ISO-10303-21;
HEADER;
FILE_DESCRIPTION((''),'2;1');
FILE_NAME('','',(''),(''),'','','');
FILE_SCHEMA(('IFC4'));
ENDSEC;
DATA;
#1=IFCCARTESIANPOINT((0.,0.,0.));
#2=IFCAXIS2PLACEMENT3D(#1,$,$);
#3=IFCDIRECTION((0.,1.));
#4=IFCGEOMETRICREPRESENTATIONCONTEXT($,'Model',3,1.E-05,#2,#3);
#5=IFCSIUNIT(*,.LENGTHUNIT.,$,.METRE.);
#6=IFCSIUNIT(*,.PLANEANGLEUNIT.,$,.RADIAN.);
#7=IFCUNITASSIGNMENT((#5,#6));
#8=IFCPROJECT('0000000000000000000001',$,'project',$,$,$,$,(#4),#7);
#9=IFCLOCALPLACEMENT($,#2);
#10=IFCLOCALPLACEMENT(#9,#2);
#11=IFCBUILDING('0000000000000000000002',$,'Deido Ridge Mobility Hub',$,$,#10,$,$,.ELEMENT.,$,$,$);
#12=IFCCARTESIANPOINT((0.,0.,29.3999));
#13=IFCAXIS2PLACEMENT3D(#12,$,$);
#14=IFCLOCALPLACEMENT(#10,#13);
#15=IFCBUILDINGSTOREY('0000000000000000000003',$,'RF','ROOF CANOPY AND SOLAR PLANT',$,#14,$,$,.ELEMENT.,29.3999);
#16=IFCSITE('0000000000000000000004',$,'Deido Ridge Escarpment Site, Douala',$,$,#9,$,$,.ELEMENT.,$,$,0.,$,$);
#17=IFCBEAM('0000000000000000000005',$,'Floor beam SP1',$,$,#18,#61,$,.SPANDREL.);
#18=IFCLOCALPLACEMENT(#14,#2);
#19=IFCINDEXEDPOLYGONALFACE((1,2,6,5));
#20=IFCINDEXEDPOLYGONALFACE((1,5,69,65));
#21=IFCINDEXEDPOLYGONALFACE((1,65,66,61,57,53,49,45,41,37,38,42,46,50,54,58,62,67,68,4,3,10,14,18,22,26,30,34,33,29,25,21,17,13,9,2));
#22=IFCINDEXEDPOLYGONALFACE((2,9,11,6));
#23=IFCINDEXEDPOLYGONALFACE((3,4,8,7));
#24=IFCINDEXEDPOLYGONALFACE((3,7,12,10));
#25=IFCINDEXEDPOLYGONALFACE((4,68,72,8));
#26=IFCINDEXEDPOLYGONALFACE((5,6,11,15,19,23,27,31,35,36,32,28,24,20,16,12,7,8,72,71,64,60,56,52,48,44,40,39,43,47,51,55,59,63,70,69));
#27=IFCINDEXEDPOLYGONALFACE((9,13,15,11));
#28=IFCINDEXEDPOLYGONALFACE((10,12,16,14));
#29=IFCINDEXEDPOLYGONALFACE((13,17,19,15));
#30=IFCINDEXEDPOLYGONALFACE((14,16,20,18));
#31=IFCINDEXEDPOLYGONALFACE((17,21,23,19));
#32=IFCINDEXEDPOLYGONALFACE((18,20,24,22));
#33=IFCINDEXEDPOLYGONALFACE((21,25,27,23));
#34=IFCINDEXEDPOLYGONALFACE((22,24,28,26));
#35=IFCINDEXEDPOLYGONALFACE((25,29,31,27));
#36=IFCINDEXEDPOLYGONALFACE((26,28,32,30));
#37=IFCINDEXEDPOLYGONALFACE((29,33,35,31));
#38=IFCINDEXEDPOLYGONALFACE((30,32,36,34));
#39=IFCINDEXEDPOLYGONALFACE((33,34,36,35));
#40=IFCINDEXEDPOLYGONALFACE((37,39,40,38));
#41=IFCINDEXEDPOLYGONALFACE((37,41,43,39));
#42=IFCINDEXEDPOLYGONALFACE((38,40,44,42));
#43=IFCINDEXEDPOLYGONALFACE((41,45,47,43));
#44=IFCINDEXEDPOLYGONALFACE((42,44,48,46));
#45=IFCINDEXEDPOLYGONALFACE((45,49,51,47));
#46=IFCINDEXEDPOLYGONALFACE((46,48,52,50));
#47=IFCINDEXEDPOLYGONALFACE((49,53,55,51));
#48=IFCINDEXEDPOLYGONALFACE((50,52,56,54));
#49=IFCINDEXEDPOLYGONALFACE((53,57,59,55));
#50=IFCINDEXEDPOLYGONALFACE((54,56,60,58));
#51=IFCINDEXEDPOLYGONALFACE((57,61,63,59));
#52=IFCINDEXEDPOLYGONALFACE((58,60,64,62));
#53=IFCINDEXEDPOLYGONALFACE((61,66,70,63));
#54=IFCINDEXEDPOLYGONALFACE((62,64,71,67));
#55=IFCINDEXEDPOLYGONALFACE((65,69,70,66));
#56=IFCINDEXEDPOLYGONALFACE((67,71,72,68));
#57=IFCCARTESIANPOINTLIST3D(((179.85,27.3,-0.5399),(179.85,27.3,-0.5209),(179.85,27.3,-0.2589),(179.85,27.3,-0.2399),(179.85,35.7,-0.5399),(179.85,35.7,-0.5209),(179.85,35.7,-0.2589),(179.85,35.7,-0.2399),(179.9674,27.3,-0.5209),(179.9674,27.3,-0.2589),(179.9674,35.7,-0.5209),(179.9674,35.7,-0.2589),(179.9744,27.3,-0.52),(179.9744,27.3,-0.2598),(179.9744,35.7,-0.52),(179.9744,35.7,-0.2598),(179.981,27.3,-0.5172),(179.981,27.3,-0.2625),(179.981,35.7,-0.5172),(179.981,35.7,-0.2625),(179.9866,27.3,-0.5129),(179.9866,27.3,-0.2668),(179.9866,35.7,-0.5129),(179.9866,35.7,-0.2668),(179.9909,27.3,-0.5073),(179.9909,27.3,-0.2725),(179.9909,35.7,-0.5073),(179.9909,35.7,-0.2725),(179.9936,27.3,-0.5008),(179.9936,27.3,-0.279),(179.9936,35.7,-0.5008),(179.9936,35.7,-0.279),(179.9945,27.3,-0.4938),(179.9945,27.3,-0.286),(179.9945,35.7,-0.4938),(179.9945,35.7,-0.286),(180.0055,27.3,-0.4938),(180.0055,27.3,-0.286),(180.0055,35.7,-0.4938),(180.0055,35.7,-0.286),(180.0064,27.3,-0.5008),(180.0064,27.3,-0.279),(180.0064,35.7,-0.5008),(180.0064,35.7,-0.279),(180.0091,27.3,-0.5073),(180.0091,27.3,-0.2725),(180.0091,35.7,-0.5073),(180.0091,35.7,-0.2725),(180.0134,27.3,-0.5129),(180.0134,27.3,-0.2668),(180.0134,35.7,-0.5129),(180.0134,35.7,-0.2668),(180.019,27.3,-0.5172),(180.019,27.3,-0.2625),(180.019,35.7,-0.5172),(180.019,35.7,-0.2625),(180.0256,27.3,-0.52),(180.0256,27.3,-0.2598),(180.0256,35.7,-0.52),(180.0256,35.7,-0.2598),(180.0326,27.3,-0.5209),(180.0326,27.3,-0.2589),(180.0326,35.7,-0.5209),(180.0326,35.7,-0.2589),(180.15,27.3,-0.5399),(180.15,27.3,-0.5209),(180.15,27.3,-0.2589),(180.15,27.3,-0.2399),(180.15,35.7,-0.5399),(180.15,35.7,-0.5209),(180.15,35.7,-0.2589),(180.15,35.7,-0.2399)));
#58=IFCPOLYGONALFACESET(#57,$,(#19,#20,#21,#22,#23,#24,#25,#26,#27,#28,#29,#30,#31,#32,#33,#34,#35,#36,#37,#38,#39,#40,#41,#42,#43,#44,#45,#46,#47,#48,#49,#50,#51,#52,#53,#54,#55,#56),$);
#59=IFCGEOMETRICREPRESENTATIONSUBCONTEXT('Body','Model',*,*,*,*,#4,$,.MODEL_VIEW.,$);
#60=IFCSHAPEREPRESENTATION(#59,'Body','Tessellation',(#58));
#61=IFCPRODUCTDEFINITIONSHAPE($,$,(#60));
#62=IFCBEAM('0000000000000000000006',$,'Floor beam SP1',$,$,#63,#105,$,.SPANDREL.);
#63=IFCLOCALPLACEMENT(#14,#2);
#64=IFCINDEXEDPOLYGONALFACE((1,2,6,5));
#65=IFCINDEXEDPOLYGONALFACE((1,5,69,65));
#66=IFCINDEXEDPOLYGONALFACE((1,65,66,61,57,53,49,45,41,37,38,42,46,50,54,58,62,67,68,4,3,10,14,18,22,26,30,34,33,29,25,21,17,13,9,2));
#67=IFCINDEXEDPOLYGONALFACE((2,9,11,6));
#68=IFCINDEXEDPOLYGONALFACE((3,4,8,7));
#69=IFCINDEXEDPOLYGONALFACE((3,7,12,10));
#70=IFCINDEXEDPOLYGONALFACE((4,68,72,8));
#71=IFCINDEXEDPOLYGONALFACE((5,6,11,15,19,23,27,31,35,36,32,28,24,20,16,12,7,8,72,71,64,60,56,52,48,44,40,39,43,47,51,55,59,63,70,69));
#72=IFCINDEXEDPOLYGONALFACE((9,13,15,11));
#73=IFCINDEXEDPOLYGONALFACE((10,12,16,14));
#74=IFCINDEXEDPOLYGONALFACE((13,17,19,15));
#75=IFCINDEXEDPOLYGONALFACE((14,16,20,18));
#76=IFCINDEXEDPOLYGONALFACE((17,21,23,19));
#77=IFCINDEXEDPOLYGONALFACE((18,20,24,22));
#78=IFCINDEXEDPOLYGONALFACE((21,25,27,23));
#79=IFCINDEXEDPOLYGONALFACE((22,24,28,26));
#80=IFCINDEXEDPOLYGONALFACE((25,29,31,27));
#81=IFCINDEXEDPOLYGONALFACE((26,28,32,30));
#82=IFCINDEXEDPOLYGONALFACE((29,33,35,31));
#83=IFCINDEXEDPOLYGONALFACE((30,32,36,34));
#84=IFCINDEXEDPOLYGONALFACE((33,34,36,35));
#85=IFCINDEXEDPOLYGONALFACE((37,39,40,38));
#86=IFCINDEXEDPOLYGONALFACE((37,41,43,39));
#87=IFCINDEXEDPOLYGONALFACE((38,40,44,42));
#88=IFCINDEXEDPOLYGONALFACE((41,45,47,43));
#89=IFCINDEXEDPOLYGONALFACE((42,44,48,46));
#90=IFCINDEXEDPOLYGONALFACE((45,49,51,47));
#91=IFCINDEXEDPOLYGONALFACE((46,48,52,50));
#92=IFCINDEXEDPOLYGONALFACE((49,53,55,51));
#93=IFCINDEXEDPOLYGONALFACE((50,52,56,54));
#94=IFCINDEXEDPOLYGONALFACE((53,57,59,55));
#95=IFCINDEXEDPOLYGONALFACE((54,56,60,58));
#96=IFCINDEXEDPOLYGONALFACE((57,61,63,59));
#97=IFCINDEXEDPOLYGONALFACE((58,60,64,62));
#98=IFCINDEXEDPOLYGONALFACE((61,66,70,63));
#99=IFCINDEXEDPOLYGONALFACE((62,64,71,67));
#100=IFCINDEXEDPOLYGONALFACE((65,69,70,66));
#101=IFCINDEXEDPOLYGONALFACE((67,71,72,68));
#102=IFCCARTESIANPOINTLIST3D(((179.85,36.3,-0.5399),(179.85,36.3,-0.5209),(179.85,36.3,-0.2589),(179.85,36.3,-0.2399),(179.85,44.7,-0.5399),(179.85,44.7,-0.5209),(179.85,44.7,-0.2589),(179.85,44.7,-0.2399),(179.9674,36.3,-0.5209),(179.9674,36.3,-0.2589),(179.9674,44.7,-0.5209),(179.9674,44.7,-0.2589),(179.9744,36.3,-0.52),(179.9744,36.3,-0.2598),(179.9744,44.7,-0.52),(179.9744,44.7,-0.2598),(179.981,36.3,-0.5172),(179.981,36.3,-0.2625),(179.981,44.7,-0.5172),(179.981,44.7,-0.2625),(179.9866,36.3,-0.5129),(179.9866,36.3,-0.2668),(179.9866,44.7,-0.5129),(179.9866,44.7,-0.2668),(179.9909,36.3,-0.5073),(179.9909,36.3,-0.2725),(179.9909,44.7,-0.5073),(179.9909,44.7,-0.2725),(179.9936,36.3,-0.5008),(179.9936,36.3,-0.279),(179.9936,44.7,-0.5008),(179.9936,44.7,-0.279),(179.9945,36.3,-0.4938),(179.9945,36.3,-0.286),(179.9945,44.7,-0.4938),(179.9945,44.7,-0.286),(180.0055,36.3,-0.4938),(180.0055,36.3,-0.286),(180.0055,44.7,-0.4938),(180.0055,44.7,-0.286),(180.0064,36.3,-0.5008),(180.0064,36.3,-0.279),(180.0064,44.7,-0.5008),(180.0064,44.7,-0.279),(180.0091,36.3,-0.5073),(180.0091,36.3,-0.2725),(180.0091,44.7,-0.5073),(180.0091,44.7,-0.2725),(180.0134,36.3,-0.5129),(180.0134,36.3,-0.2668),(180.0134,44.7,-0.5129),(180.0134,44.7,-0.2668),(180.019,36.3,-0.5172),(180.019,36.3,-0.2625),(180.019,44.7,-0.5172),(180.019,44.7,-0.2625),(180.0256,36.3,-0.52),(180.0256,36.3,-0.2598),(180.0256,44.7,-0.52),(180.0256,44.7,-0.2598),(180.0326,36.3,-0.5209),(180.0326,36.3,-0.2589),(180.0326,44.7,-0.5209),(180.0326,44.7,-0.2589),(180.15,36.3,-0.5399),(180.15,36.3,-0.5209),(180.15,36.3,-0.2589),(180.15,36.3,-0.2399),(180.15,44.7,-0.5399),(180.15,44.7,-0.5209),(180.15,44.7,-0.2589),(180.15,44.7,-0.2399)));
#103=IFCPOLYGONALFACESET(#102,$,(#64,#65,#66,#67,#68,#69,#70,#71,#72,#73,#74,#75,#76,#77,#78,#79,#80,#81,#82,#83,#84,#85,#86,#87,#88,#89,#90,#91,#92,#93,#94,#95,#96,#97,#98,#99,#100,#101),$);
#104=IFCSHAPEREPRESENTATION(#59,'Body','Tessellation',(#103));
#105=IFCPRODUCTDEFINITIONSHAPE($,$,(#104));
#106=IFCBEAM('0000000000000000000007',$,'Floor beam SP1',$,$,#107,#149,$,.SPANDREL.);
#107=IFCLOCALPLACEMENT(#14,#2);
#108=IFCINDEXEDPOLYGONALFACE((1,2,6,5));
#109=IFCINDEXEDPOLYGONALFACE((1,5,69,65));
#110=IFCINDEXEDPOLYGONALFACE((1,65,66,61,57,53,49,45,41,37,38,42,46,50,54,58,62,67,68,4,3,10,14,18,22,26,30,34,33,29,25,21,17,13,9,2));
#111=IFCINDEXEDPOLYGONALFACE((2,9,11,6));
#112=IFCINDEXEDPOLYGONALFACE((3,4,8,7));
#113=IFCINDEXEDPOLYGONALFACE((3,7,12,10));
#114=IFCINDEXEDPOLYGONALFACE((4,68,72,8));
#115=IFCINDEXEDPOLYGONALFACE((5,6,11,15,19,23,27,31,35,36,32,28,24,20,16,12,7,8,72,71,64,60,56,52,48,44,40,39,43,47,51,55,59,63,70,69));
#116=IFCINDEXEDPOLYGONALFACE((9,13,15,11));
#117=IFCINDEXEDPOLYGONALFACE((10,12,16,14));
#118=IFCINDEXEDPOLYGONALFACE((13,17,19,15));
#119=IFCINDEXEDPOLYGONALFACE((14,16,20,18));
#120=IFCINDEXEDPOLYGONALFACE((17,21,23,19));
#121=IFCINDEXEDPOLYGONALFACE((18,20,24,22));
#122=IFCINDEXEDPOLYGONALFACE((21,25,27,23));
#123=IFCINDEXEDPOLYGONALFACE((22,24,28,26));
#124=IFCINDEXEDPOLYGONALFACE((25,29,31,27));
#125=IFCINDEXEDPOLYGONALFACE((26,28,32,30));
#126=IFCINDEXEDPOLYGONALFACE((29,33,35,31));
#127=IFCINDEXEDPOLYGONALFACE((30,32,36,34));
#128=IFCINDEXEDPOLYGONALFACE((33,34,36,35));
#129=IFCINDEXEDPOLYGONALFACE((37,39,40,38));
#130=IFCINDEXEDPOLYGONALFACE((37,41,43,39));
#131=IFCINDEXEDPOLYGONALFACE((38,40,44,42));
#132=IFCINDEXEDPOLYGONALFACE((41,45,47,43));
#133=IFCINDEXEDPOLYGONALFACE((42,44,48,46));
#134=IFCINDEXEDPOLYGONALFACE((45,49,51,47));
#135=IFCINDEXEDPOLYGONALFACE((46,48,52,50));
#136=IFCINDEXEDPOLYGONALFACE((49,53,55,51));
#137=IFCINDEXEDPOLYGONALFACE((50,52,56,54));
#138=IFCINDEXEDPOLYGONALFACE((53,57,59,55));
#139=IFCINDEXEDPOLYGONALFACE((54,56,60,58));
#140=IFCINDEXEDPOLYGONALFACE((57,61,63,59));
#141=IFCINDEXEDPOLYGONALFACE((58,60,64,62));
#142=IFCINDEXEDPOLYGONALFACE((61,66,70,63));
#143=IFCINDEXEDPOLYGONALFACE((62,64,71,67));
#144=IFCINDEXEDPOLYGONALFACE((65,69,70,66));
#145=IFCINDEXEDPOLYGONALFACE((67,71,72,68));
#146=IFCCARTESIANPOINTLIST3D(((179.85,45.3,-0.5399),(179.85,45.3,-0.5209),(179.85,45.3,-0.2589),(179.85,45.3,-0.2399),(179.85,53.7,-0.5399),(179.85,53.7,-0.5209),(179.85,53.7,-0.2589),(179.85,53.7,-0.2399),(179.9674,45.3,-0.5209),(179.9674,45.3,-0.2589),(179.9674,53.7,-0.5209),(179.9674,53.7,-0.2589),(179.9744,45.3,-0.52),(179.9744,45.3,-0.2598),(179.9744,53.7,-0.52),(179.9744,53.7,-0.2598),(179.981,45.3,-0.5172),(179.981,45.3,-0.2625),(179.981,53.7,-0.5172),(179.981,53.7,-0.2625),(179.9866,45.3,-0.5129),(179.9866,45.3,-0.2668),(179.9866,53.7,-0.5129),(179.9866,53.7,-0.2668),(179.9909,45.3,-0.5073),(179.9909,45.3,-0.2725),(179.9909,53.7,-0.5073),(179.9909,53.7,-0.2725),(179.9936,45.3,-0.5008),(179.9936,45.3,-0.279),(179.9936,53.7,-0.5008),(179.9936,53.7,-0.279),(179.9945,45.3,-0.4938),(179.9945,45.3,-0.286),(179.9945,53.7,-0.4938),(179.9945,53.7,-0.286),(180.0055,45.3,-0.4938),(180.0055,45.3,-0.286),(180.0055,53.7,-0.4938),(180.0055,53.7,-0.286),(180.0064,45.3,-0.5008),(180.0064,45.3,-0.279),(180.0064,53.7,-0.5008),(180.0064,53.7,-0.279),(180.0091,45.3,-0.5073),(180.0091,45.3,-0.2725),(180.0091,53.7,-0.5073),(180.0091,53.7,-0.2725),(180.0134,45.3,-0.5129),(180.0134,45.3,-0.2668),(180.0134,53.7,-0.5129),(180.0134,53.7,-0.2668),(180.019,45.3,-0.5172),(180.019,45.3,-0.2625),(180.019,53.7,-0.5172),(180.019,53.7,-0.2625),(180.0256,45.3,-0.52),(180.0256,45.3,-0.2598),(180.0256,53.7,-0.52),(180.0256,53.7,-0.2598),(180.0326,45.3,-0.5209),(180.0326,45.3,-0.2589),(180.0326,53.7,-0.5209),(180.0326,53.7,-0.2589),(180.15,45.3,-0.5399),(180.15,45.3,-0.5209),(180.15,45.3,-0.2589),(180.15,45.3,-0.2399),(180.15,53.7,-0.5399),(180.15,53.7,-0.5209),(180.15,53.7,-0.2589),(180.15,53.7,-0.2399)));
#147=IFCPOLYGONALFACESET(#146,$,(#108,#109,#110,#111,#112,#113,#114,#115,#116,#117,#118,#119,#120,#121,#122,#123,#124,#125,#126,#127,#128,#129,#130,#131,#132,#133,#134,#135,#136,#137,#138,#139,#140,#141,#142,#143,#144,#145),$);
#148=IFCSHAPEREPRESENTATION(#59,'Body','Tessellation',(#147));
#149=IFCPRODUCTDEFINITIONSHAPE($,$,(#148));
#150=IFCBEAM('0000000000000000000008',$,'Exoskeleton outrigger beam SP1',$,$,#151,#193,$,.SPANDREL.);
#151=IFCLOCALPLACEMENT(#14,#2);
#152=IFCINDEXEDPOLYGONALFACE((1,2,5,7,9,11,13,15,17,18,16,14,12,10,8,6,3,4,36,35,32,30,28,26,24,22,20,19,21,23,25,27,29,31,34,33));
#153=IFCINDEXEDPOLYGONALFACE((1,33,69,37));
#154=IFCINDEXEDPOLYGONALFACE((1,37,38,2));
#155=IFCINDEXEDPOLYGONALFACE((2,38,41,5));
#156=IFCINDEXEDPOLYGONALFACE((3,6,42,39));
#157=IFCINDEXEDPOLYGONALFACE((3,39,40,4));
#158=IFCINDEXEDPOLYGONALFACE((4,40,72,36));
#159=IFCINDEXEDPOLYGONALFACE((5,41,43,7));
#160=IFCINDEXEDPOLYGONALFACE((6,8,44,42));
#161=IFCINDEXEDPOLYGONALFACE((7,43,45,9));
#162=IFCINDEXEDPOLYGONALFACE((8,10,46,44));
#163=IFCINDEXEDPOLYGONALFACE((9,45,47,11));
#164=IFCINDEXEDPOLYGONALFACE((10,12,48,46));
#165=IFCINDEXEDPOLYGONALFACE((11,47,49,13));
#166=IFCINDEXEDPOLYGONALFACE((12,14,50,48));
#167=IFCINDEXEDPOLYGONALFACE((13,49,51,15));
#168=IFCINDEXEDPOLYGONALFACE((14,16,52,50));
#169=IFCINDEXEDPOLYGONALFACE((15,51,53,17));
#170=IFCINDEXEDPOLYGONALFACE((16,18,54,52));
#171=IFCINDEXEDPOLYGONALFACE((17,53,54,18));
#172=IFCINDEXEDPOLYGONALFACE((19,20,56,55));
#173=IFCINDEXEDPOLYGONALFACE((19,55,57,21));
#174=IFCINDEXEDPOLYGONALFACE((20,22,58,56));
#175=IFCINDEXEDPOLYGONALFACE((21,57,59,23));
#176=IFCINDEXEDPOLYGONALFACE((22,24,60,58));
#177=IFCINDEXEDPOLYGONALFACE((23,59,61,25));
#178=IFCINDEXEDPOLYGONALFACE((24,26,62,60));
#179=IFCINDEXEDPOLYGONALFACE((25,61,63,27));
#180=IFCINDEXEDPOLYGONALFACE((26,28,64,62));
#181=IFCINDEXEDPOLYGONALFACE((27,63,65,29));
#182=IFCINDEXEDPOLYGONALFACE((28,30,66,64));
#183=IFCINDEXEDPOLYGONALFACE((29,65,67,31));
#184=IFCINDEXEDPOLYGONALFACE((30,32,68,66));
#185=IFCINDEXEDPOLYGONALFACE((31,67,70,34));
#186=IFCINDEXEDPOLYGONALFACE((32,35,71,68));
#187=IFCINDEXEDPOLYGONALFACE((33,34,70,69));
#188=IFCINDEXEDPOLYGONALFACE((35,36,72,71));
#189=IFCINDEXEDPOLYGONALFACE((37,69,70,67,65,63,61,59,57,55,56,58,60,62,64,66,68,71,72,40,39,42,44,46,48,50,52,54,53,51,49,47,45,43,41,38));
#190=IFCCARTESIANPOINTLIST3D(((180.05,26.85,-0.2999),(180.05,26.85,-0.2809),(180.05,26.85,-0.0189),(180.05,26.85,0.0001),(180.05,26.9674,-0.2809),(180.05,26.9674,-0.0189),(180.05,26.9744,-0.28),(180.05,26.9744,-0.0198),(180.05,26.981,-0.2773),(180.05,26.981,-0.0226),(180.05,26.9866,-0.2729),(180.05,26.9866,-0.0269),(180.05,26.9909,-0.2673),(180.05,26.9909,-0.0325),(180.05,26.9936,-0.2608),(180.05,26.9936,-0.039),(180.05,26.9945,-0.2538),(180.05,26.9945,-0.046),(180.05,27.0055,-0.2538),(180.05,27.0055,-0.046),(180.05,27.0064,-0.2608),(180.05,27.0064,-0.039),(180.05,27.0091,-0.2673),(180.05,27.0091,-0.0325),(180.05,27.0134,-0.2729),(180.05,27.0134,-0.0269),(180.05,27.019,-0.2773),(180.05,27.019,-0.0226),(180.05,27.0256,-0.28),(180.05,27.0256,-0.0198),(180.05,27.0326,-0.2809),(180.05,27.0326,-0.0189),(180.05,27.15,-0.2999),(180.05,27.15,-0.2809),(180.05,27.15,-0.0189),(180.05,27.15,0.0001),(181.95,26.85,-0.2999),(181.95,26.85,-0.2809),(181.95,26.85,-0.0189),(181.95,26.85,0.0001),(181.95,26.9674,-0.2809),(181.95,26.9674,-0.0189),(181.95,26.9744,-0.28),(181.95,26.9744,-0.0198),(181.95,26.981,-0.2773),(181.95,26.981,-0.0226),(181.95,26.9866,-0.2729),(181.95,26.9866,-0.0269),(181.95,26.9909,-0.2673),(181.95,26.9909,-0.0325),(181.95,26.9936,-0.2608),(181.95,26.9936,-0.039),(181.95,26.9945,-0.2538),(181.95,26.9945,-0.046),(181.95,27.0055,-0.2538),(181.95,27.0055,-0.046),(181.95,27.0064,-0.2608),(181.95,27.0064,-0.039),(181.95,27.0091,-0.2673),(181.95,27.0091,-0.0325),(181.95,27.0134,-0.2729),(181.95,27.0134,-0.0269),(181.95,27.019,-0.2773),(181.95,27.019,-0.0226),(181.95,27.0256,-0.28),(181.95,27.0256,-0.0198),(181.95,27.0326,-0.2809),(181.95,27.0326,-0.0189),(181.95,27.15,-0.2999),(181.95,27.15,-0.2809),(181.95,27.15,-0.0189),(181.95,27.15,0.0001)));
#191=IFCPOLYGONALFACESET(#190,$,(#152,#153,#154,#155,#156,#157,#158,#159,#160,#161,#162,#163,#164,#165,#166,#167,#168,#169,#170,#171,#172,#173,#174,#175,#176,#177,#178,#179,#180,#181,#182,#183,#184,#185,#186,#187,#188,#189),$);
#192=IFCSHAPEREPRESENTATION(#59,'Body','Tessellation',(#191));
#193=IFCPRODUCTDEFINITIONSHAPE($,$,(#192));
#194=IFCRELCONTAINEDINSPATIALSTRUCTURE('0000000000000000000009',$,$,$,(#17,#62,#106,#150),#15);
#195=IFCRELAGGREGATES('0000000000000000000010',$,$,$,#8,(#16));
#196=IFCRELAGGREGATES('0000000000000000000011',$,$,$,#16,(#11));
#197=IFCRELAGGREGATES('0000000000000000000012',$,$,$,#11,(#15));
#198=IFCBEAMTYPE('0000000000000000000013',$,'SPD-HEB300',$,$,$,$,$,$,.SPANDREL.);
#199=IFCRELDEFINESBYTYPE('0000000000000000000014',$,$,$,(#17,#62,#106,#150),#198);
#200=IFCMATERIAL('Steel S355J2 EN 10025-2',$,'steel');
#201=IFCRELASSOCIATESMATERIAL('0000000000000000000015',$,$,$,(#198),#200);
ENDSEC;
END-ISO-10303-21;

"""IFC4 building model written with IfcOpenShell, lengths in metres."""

from ifc_helpers import new_model, si_unit, direction, frame, origin, origin_2d, place, context, subcontext, project, spatial, i_section, extrude, material, material_profile, profile_set, type_object, element, save


model = new_model("IFC4")

# Units and contexts
model_context = context("Model", 3, precision=1e-05, world=origin(), true_north=direction((0.0, 1.0)))
body_context = subcontext(model_context, "Body", "Model", "MODEL_VIEW")
ifc_project = project(units=[si_unit("LENGTHUNIT", "METRE"), si_unit("PLANEANGLEUNIT", "RADIAN")], contexts=[model_context])

# Site, building, storey
site_placement = place(None, origin())
site = spatial("IfcSite", under=ifc_project, at=site_placement, Name="Deido Ridge Escarpment Site, Douala", CompositionType="ELEMENT", RefElevation=0.0)
building_placement = place(site_placement, origin())
building = spatial("IfcBuilding", under=site, at=building_placement, Name="Deido Ridge Mobility Hub", CompositionType="ELEMENT")
storey_placement = place(building_placement, frame((0.0, 0.0, 29.3999)))
storey = spatial("IfcBuildingStorey", under=building, at=storey_placement, Name="RF", Description="ROOF CANOPY AND SOLAR PLANT", CompositionType="ELEMENT", Elevation=29.3999)

# Shared definitions
ifc_material_1 = material(Name="Steel S355J2 EN 10025-2", Category="steel")

# Beams
ifc_material_profile_1 = material_profile(ifc_material_1, i_section(OverallWidth=0.3, OverallDepth=0.3, WebThickness=0.011, FlangeThickness=0.019, FilletRadius=0.0271, at=origin_2d()), Name="HEB 300")
ifc_profile_set_1 = profile_set([ifc_material_profile_1], Name="Steel S355J2 EN 10025-2")
beam_type_1 = type_object("IfcBeamType", Name="SPD-HEB300", PredefinedType="SPANDREL", material=ifc_profile_set_1)
for number, where, z_axis, x_axis, name in (
    (1, (180.0, 27.3, -0.3899), (0.0, 1.0, 0.0), (-1.0, 0.0, 0.0), "Floor beam SP1"),
    (2, (180.0, 36.3, -0.3899), (0.0, 1.0, 0.0), (-1.0, 0.0, 0.0), "Floor beam SP1"),
    (3, (180.0, 45.3, -0.3899), (0.0, 1.0, 0.0), (-1.0, 0.0, 0.0), "Floor beam SP1"),
):
    element("IfcBeam", number, at=place(storey_placement, frame(where, z_axis=z_axis, x_axis=x_axis)), inside=storey, type_object=beam_type_1, Name=name, PredefinedType="SPANDREL", context=body_context, shape_type="SweptSolid", body=[
        extrude(i_section(OverallWidth=0.3, OverallDepth=0.3, WebThickness=0.011, FlangeThickness=0.019, FilletRadius=0.0271, at=origin_2d()), origin(), (0.0, 0.0, 1.0), 8.3999),
    ])
for number, where, z_axis, x_axis, name in (
    (4, (180.05, 27.0, -0.1499), (1.0, 0.0, 0.0), (0.0, 1.0, 0.0), "Exoskeleton outrigger beam SP1"),
):
    element("IfcBeam", number, at=place(storey_placement, frame(where, z_axis=z_axis, x_axis=x_axis)), inside=storey, type_object=beam_type_1, Name=name, PredefinedType="SPANDREL", context=body_context, shape_type="SweptSolid", body=[
        extrude(i_section(OverallWidth=0.3, OverallDepth=0.3, WebThickness=0.011, FlangeThickness=0.019, FilletRadius=0.0271, at=origin_2d()), origin(), (0.0, 0.0, 1.0), 1.8999),
    ])

save(model, "model.ifc")
